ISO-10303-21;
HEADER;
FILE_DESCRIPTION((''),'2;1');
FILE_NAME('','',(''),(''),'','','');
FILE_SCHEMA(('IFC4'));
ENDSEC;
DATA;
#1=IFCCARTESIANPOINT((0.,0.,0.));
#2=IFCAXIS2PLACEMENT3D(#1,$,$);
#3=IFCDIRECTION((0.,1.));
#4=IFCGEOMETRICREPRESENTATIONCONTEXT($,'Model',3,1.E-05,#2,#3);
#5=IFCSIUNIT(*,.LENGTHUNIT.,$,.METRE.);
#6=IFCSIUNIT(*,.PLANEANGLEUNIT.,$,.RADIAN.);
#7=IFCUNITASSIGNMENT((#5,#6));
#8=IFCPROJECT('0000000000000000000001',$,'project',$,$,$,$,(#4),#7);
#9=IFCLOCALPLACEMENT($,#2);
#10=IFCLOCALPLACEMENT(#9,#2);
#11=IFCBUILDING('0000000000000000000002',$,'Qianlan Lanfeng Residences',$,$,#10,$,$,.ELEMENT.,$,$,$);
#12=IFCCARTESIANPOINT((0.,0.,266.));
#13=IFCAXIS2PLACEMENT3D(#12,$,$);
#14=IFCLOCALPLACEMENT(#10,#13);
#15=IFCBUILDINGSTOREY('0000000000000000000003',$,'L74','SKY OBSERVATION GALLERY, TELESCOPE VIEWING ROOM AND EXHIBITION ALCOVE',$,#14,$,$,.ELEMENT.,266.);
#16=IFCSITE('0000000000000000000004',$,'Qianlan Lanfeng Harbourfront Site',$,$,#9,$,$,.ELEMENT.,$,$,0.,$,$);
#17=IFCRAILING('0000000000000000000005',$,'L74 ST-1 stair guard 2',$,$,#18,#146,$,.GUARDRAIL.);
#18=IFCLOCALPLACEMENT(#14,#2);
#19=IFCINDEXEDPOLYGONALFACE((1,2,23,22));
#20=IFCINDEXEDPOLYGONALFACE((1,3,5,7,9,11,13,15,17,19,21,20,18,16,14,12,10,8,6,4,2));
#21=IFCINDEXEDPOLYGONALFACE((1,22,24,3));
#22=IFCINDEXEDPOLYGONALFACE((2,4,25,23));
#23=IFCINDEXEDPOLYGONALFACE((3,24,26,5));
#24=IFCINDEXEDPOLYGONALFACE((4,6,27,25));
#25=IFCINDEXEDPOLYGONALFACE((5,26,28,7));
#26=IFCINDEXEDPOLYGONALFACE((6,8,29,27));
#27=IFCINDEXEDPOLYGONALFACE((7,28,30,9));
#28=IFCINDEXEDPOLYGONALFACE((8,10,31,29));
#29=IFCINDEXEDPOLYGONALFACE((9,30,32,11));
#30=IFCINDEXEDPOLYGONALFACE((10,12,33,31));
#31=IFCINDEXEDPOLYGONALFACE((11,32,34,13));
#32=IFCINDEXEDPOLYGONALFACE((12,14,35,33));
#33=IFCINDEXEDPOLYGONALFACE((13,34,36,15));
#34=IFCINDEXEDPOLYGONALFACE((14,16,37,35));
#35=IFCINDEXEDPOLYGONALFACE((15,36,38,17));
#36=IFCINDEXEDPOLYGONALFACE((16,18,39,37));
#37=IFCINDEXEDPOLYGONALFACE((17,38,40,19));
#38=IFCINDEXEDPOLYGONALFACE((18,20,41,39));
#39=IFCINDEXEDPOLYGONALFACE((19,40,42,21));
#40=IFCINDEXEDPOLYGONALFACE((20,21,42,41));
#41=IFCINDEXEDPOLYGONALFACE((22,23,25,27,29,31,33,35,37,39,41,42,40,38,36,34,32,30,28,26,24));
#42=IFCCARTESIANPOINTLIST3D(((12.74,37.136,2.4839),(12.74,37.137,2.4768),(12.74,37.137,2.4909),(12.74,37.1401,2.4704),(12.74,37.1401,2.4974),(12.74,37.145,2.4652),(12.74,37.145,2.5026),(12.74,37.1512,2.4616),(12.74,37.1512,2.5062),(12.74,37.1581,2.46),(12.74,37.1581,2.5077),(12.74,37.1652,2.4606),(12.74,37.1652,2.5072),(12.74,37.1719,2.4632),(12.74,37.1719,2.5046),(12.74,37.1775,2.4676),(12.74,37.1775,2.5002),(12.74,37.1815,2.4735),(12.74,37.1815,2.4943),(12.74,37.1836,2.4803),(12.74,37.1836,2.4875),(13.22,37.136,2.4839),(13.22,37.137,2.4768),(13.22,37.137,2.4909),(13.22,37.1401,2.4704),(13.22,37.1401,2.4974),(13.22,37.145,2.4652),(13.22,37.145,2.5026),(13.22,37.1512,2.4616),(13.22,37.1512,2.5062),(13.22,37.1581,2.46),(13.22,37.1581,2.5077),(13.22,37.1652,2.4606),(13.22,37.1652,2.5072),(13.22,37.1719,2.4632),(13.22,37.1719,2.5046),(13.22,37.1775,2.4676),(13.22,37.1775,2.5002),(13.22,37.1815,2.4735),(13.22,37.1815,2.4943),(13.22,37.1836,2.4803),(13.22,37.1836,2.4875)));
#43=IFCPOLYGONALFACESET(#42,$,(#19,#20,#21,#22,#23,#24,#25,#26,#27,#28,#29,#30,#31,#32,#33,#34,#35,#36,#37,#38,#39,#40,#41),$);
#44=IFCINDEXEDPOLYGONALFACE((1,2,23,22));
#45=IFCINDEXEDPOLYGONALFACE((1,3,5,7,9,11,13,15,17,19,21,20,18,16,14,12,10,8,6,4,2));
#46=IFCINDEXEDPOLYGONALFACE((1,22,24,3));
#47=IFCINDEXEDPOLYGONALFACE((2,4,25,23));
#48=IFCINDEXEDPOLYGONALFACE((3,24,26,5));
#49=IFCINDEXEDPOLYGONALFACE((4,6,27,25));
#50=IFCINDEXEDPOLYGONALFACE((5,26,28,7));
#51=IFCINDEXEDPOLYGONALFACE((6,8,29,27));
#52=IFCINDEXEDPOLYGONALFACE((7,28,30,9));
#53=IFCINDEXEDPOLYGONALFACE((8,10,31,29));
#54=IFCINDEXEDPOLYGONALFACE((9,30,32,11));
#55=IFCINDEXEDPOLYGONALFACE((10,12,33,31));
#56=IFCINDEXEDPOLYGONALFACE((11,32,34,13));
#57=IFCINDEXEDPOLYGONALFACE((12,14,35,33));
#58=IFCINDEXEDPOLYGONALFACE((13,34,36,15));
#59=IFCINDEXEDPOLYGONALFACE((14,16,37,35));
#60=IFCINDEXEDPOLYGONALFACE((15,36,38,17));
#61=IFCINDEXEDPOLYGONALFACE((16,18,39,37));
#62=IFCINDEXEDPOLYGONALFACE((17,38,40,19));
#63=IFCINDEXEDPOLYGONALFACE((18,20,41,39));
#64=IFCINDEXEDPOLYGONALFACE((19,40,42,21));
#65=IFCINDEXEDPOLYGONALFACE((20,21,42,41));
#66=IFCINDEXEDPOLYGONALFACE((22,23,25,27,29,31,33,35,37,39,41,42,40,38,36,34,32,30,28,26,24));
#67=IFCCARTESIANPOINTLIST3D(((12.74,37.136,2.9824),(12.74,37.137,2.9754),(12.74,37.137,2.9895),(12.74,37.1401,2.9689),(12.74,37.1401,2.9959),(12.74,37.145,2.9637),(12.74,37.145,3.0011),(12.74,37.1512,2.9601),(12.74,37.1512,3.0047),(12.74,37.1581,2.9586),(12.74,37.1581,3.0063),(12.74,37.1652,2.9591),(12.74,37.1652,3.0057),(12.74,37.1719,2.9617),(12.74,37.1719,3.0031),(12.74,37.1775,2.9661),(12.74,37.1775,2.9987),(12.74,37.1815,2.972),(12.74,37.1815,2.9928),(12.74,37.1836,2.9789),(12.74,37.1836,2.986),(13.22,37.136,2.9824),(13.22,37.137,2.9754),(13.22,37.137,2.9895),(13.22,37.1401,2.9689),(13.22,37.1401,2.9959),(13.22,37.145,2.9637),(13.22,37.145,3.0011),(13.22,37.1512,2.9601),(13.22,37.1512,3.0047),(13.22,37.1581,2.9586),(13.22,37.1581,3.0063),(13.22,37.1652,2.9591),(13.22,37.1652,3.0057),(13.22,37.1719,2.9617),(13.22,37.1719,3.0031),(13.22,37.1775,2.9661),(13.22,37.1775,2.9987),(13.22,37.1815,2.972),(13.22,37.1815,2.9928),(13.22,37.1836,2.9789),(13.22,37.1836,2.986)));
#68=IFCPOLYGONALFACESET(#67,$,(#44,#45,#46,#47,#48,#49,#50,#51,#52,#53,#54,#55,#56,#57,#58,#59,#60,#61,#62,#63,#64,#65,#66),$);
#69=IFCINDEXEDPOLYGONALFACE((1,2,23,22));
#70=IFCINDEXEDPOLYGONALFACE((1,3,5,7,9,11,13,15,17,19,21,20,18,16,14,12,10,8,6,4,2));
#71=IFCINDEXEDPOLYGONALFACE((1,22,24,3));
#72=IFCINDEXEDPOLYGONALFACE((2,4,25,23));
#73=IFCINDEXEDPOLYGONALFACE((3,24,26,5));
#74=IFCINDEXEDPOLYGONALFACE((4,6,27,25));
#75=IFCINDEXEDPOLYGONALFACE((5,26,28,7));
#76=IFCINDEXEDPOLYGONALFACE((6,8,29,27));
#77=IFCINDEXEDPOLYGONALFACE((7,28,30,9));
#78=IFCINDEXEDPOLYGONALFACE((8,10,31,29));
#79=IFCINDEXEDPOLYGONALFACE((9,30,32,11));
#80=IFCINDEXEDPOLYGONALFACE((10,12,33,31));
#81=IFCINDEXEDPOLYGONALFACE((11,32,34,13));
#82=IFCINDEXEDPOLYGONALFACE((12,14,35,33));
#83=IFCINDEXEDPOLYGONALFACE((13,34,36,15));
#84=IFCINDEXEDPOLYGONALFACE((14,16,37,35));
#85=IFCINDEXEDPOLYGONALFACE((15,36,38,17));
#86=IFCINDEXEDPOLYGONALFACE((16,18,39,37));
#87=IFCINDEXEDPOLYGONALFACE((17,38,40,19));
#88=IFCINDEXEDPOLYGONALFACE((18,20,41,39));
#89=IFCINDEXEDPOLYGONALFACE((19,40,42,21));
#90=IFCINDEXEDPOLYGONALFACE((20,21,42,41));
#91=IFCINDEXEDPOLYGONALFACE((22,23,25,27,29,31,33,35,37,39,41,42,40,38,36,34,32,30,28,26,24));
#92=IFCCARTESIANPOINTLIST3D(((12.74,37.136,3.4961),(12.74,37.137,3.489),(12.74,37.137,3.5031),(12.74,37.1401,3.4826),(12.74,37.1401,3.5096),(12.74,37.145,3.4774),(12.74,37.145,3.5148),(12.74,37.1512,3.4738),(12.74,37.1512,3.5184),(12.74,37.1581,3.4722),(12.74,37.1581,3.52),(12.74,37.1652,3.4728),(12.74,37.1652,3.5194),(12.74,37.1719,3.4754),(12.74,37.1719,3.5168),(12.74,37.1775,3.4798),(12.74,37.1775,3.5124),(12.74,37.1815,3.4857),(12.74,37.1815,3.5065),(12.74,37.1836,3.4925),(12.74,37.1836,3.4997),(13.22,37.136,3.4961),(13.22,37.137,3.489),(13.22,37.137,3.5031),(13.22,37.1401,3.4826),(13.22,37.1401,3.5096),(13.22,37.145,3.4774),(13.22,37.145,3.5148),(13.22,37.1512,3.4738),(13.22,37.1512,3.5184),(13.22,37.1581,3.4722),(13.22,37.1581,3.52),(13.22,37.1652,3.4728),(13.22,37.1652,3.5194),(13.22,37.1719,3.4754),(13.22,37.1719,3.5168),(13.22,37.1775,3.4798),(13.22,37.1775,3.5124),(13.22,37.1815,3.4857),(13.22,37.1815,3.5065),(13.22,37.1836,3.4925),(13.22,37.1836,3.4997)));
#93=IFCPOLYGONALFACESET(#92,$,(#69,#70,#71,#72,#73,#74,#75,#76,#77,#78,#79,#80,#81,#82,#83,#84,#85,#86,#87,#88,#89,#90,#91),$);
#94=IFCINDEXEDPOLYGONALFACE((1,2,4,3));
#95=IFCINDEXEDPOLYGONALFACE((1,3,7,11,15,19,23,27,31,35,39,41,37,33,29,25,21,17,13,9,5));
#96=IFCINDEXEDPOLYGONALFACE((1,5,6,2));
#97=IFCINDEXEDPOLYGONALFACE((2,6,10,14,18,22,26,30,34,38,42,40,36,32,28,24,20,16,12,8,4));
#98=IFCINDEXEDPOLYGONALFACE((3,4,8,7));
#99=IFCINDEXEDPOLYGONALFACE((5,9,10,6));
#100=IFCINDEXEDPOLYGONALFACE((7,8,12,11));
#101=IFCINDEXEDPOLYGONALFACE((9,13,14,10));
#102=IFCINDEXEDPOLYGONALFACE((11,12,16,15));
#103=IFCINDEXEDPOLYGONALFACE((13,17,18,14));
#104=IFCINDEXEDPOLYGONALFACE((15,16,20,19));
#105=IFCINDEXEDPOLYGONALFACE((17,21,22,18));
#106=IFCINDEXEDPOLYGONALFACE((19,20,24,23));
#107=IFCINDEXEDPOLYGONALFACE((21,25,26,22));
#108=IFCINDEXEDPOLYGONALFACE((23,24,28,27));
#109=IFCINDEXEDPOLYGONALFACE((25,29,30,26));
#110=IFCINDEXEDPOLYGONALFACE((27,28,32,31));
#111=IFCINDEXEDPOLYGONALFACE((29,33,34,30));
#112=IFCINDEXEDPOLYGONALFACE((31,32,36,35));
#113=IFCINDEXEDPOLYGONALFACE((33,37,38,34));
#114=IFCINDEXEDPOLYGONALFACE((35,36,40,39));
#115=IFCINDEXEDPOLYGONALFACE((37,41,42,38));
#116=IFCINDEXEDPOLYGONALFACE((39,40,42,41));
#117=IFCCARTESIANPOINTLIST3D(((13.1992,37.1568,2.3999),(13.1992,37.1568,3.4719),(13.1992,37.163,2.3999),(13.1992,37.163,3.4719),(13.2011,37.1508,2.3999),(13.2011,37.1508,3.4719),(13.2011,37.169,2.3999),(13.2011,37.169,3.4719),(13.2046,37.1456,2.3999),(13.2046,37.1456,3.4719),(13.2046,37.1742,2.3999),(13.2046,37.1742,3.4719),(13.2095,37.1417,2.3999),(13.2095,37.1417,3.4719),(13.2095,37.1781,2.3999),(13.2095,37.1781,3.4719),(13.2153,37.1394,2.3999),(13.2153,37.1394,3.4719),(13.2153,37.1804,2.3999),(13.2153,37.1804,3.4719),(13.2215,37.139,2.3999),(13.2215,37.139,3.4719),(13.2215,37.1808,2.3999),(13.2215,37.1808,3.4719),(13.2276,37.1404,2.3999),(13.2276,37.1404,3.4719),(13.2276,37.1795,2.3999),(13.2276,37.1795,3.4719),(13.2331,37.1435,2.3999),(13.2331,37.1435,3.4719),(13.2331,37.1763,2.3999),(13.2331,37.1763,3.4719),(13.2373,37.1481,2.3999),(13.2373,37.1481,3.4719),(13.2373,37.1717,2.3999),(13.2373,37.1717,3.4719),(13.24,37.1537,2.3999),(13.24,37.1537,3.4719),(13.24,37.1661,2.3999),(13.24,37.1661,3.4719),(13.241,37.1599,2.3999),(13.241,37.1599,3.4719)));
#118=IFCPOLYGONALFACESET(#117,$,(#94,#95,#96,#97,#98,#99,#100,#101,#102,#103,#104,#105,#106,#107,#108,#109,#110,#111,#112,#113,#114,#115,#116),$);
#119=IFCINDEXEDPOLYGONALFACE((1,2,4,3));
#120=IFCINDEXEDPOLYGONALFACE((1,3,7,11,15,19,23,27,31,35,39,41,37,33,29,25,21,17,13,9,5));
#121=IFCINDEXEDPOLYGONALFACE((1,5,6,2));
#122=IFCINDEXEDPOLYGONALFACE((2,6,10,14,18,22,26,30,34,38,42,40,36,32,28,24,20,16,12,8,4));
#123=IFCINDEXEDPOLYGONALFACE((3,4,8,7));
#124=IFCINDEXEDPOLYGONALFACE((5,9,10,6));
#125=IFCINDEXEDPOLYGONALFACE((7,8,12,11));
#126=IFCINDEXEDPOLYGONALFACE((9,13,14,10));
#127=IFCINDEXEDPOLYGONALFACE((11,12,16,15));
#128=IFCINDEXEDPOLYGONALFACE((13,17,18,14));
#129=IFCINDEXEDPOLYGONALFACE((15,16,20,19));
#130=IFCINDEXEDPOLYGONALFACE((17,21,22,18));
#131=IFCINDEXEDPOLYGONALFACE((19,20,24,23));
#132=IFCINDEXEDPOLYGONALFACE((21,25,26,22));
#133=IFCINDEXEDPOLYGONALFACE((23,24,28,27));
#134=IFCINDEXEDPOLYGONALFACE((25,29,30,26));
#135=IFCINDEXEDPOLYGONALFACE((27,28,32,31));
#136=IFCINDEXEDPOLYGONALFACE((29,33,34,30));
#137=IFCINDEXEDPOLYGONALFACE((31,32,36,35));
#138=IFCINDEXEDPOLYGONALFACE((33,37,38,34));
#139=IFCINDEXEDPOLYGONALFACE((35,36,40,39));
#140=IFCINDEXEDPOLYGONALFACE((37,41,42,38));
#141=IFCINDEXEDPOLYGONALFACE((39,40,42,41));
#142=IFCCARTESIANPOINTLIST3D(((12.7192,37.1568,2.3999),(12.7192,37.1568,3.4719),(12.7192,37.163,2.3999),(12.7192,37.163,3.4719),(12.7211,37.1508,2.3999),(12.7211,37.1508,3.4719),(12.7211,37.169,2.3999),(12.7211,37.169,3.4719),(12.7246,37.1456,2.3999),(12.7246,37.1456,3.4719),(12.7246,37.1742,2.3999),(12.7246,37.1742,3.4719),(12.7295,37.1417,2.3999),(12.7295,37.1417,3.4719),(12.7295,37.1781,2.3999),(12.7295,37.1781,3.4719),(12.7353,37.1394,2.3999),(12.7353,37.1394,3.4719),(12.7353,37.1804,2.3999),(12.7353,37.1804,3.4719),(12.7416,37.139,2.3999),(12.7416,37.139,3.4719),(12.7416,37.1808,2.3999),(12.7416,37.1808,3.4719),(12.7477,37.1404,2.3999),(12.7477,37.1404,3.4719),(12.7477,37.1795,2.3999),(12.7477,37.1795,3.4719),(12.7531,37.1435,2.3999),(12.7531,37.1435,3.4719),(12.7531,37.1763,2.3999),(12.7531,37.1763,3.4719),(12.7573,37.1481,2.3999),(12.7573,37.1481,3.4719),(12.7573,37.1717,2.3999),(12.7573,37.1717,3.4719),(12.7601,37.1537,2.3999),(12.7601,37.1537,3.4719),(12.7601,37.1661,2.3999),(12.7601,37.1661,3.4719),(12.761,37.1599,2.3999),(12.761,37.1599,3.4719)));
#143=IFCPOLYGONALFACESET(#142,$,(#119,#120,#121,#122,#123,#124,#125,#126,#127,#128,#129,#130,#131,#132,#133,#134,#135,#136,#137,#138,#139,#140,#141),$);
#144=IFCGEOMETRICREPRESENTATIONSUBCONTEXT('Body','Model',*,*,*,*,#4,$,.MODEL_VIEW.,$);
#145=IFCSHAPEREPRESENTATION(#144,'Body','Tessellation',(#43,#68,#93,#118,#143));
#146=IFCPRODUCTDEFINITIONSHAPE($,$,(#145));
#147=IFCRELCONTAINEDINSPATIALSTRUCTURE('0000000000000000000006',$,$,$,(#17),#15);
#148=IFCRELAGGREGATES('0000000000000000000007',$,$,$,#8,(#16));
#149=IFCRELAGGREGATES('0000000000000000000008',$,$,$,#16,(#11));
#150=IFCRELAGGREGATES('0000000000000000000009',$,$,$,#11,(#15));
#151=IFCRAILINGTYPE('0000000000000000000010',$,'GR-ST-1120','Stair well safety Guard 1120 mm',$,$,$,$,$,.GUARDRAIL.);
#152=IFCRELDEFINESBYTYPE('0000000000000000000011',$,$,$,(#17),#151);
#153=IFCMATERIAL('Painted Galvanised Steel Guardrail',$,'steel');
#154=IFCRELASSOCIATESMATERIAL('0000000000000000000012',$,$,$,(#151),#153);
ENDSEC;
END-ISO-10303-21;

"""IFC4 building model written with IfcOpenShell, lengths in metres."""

from ifc_helpers import new_model, si_unit, direction, frame, origin, origin_2d, place, context, subcontext, project, spatial, circle, extrude, material, type_object, element, save


model = new_model("IFC4")

# Units and contexts
model_context = context("Model", 3, precision=1e-05, world=origin(), true_north=direction((0.0, 1.0)))
body_context = subcontext(model_context, "Body", "Model", "MODEL_VIEW")
ifc_project = project(units=[si_unit("LENGTHUNIT", "METRE"), si_unit("PLANEANGLEUNIT", "RADIAN")], contexts=[model_context])

# Site, building, storey
site_placement = place(None, origin())
site = spatial("IfcSite", under=ifc_project, at=site_placement, Name="Qianlan Lanfeng Harbourfront Site", CompositionType="ELEMENT", RefElevation=0.0)
building_placement = place(site_placement, origin())
building = spatial("IfcBuilding", under=site, at=building_placement, Name="Qianlan Lanfeng Residences", CompositionType="ELEMENT")
storey_placement = place(building_placement, frame((0.0, 0.0, 266.0)))
storey = spatial("IfcBuildingStorey", under=building, at=storey_placement, Name="L74", Description="SKY OBSERVATION GALLERY, TELESCOPE VIEWING ROOM AND EXHIBITION ALCOVE", CompositionType="ELEMENT", Elevation=266.0)

# Railing
ifc_material_1 = material(Name="Painted Galvanised Steel Guardrail", Category="steel")
railing_type_1 = type_object("IfcRailingType", Name="GR-ST-1120", Description="Stair well safety Guard 1120 mm", PredefinedType="GUARDRAIL", material=ifc_material_1)
railing_1_placement = place(storey_placement, frame((13.22, 37.1599, 2.3999)))
element("IfcRailing", 1, at=railing_1_placement, inside=storey, type_object=railing_type_1, Name="L74 ST-1 stair guard 2", PredefinedType="GUARDRAIL", context=body_context, shape_type="SweptSolid", body=[
    extrude(circle(Radius=0.0239, at=origin_2d()), frame((0.0, 0.0, 0.084), z_axis=(-1.0, 0.0, 0.0), x_axis=(0.0, -1.0, 0.0)), (0.0, 0.0, 1.0), 0.48),
    extrude(circle(Radius=0.0239, at=origin_2d()), frame((0.0, 0.0, 0.5825), z_axis=(-1.0, 0.0, 0.0), x_axis=(0.0, -1.0, 0.0)), (0.0, 0.0, 1.0), 0.48),
    extrude(circle(Radius=0.0239, at=origin_2d()), frame((0.0, 0.0, 1.0962), z_axis=(-1.0, 0.0, 0.0), x_axis=(0.0, -1.0, 0.0)), (0.0, 0.0, 1.0), 0.48),
    extrude(circle(Radius=0.021, at=origin_2d()), origin(), (0.0, 0.0, 1.0), 1.072),
    extrude(circle(Radius=0.021, at=origin_2d()), frame((-0.48, 0.0, 0.0)), (0.0, 0.0, 1.0), 1.072),
])

save(model, "model.ifc")
